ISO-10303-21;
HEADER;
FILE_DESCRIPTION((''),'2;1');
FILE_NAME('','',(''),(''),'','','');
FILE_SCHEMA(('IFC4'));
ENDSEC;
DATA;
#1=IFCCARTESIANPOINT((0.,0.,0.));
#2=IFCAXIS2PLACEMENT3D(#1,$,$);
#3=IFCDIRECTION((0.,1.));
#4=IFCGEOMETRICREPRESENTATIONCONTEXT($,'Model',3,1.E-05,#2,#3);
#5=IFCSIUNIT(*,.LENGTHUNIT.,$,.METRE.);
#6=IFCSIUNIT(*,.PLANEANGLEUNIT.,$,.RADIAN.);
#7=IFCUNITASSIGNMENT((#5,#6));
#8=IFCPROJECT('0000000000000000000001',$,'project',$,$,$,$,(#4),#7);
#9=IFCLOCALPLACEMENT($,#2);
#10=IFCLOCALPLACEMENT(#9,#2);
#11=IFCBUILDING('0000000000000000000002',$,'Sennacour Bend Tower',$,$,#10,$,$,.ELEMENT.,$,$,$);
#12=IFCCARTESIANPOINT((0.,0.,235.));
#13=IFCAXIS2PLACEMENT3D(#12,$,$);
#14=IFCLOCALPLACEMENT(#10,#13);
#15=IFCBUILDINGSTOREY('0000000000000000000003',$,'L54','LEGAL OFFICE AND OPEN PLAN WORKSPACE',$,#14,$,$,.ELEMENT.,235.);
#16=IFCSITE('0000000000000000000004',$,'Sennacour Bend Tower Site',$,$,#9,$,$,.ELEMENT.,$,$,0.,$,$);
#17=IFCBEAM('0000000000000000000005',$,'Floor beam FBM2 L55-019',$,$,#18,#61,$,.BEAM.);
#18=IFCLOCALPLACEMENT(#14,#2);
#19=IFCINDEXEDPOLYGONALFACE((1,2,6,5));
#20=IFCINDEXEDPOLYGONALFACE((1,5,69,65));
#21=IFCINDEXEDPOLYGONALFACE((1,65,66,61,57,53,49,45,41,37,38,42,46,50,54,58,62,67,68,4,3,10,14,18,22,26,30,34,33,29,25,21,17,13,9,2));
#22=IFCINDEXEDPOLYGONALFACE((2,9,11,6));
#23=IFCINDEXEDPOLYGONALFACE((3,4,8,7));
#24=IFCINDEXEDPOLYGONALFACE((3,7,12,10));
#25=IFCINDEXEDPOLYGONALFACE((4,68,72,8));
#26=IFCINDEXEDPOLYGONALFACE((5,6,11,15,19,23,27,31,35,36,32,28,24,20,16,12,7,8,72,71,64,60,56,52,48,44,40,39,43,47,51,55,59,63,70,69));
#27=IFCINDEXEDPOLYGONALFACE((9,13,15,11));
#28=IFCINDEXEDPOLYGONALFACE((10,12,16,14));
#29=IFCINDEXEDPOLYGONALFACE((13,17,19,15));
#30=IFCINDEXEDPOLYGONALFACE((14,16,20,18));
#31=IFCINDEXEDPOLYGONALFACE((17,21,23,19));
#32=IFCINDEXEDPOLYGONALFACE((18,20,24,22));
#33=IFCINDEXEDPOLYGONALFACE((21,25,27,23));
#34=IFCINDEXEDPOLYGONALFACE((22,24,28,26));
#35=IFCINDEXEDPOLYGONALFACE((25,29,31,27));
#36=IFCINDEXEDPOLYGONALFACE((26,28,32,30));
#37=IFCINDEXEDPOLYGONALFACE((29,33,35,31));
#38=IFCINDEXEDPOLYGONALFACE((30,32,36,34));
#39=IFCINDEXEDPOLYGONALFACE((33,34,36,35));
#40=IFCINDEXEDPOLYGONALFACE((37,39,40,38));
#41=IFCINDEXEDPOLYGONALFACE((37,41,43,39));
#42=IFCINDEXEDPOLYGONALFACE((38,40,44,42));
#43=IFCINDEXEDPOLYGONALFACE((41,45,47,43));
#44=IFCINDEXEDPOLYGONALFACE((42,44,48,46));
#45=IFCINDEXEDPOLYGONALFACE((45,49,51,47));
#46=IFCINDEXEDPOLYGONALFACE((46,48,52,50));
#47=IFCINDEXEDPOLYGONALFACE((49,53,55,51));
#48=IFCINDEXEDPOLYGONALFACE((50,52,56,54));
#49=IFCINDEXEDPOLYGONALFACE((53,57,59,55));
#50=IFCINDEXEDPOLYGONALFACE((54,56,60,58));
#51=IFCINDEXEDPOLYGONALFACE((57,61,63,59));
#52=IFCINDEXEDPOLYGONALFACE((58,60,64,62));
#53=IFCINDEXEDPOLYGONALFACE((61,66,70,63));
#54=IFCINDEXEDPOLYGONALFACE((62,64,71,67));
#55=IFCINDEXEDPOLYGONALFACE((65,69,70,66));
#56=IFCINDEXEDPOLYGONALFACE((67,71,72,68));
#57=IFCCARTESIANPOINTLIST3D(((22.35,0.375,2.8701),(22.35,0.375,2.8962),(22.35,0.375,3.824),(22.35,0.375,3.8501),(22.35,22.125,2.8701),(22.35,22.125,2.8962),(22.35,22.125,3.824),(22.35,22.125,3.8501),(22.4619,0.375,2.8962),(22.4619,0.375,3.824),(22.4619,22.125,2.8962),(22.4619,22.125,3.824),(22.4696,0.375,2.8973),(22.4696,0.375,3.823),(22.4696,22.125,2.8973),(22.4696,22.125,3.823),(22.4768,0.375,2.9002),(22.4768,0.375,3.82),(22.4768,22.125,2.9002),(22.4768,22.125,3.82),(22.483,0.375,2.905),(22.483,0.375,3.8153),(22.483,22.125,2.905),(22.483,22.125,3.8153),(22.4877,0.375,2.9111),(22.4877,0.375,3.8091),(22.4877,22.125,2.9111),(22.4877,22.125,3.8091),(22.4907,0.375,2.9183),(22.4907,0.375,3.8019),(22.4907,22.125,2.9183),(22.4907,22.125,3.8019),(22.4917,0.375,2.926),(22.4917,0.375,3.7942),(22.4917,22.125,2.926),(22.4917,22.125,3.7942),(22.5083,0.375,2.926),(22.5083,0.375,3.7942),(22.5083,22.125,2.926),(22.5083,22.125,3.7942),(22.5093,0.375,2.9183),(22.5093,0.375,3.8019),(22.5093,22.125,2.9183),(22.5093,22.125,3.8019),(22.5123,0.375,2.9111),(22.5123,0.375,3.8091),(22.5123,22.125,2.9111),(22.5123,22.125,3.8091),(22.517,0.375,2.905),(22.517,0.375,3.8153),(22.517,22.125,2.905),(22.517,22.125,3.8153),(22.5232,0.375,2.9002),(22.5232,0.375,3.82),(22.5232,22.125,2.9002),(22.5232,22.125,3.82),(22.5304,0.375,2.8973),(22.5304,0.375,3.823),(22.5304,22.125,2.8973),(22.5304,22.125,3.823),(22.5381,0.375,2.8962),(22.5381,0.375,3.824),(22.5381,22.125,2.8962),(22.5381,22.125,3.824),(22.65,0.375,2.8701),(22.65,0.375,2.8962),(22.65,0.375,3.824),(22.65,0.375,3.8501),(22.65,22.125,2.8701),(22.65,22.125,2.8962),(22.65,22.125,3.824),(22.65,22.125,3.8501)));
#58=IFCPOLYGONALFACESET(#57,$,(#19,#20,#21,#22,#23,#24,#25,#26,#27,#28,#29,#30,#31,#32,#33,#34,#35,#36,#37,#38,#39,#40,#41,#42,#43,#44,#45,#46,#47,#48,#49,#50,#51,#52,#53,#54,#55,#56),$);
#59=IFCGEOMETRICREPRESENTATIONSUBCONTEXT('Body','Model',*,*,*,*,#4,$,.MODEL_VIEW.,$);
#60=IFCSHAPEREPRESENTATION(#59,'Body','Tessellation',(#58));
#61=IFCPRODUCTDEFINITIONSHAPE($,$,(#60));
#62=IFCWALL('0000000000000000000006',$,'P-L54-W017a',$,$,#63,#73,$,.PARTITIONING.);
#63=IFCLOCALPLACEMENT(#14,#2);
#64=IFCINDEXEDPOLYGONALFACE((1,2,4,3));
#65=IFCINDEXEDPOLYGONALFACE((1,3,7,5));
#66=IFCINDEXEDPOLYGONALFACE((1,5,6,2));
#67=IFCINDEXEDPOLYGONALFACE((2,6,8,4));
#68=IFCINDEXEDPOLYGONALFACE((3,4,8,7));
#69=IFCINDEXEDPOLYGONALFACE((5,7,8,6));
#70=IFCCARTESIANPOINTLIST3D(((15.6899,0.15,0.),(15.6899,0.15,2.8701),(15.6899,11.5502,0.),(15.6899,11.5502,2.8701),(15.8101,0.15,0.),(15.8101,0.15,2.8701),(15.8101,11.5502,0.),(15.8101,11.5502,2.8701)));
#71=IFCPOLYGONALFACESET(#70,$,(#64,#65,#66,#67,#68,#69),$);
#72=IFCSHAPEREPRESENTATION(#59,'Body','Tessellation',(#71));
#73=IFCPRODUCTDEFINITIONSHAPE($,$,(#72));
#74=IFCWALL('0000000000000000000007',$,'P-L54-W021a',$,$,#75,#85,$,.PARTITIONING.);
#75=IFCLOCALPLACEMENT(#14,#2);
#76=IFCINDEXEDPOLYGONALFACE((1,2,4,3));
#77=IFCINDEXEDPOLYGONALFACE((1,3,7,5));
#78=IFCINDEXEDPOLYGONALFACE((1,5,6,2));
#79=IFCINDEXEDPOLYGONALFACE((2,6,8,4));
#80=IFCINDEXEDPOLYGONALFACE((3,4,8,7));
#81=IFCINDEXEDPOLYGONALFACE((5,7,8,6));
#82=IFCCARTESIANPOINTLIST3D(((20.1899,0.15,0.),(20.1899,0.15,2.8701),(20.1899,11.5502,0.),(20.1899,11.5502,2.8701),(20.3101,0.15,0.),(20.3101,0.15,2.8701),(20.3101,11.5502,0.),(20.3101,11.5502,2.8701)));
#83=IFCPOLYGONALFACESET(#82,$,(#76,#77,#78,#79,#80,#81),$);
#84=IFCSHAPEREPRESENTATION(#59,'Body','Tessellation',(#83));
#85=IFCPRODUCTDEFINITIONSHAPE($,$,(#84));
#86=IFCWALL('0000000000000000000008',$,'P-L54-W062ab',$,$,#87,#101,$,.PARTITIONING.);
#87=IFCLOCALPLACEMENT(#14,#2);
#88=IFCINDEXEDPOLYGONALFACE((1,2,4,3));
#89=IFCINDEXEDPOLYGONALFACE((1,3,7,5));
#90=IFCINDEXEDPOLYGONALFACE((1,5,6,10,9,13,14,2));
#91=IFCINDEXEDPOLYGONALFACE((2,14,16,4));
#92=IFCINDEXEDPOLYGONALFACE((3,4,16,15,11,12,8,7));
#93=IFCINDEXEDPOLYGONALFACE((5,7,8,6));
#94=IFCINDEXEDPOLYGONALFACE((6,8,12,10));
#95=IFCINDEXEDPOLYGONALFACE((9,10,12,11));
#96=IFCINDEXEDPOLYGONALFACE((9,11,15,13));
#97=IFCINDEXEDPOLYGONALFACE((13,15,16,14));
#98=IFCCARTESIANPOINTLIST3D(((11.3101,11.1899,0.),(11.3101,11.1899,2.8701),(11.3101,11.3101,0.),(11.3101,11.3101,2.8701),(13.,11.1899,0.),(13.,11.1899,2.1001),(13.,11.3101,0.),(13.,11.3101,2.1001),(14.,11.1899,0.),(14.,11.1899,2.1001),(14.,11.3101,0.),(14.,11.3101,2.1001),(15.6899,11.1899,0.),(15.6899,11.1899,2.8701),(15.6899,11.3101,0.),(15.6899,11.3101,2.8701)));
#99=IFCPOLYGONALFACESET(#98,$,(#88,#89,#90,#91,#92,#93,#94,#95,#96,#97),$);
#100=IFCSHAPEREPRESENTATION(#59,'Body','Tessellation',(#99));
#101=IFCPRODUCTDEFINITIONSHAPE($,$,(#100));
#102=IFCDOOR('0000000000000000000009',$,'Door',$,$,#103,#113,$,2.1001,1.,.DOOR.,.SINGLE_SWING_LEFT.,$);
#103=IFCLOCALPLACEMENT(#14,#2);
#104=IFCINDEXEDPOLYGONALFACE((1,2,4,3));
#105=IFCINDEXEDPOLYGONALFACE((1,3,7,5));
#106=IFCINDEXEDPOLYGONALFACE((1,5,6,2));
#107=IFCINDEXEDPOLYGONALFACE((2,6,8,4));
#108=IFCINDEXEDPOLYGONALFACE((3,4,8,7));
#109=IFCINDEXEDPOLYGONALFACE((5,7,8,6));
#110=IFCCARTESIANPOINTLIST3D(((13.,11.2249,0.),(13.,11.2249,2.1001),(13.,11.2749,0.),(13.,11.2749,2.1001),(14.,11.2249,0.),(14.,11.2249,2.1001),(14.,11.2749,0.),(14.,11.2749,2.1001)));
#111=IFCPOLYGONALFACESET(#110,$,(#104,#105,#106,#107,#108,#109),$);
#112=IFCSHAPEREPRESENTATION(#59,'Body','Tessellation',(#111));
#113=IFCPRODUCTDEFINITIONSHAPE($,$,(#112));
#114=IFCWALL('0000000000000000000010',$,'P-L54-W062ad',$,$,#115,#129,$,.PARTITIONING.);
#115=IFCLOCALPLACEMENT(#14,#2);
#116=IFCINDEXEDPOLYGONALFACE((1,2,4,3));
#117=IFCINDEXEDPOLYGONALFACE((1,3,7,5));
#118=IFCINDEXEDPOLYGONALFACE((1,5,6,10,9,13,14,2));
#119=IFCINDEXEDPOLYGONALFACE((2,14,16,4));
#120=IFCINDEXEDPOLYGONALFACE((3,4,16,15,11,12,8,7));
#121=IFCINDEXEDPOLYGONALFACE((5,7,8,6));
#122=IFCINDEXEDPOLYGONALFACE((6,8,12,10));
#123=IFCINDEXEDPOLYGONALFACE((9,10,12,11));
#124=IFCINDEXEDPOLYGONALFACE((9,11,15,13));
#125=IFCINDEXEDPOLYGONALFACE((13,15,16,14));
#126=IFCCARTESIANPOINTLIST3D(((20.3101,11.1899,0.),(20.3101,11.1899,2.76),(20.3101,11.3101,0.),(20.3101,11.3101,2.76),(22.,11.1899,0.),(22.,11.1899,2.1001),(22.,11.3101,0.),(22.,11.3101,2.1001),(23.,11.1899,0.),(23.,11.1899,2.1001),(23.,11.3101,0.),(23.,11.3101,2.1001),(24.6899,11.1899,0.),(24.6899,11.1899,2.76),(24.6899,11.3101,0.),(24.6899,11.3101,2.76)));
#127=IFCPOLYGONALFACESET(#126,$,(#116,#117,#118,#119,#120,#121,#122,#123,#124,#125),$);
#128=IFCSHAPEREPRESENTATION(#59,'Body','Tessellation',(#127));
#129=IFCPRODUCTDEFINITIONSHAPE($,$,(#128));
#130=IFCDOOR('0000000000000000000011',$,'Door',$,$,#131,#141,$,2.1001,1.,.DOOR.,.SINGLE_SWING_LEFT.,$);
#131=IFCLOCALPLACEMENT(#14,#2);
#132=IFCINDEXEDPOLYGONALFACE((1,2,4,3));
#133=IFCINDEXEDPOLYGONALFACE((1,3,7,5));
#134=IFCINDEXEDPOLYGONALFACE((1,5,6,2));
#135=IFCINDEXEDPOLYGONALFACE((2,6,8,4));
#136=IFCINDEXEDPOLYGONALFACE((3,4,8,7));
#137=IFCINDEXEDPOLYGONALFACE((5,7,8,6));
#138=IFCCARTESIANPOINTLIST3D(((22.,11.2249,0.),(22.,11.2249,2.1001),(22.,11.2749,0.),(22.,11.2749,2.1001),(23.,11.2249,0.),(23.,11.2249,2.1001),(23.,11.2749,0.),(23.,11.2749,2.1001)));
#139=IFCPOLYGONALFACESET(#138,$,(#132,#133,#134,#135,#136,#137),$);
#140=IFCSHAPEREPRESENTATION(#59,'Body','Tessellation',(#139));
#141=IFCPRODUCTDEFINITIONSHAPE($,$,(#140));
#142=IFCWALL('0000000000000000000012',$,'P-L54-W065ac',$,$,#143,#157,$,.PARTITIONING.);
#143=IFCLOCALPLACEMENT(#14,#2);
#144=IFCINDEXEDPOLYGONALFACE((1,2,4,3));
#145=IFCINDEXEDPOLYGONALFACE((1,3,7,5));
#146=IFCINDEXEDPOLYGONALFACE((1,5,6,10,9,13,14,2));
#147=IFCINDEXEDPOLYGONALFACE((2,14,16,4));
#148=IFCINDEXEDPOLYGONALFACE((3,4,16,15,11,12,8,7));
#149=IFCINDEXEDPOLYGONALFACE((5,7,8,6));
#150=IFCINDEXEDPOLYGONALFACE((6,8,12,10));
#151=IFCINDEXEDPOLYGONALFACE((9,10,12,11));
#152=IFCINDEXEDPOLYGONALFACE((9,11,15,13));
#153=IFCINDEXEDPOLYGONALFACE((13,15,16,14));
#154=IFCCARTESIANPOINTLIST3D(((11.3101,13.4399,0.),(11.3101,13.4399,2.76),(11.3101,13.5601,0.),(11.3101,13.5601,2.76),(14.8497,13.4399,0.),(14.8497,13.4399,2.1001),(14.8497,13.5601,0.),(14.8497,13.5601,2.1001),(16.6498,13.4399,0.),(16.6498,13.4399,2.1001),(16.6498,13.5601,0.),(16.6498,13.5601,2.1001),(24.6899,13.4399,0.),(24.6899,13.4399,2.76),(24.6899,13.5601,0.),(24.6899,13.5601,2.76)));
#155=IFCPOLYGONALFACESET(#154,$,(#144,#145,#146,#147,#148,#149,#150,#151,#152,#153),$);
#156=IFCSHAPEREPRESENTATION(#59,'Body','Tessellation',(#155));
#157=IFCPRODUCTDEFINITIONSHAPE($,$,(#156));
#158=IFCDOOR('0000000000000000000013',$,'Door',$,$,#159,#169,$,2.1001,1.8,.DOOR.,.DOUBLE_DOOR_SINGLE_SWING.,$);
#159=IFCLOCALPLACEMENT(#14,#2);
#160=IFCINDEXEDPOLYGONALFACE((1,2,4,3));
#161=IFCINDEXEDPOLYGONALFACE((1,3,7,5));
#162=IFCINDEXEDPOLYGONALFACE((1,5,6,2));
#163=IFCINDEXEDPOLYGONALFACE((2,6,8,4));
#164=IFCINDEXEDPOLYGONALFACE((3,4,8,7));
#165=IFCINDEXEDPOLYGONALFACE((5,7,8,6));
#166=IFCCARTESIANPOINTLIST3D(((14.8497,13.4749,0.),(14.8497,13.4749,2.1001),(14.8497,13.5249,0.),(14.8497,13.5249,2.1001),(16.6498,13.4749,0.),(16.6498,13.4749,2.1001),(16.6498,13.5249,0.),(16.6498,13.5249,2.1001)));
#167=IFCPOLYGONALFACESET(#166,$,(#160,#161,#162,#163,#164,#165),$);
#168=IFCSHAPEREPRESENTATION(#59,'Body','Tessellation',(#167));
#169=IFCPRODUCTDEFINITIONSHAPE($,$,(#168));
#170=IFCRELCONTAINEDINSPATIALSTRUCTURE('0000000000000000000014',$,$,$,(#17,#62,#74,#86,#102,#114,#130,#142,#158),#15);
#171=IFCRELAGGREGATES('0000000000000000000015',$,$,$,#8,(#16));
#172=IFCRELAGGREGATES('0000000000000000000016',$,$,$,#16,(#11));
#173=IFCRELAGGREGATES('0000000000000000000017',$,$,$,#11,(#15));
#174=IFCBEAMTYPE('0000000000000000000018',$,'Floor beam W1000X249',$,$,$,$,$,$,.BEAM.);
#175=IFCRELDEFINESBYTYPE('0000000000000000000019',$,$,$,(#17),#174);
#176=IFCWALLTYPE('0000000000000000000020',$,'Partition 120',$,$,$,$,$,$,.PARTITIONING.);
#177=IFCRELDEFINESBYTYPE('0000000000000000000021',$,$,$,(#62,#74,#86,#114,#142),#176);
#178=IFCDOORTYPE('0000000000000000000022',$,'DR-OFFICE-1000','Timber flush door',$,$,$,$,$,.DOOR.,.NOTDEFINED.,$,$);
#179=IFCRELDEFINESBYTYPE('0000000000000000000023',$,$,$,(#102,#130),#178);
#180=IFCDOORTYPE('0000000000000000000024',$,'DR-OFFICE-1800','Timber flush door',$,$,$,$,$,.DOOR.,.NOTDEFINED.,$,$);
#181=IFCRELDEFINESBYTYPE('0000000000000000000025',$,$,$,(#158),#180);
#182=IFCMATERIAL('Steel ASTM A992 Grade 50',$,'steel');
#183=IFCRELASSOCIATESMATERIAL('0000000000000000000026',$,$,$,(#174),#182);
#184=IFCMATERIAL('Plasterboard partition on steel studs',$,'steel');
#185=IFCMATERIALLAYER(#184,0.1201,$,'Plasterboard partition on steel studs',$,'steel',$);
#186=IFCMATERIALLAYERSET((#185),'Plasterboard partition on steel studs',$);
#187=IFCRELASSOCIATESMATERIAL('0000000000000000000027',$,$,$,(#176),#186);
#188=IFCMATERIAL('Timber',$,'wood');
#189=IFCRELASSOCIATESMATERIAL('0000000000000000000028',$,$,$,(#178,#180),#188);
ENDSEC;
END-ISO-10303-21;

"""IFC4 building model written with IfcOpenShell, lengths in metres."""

from ifc_helpers import new_model, si_unit, direction, frame, frame_2d, origin, origin_2d, place, context, subcontext, project, spatial, rectangle, i_section, extrude, material, layer, layer_set, material_profile, profile_set, type_object, element, fill, save


model = new_model("IFC4")

# Units and contexts
model_context = context("Model", 3, precision=1e-05, world=origin(), true_north=direction((0.0, 1.0)))
body_context = subcontext(model_context, "Body", "Model", "MODEL_VIEW")
ifc_project = project(units=[si_unit("LENGTHUNIT", "METRE"), si_unit("PLANEANGLEUNIT", "RADIAN")], contexts=[model_context])

# Site, building, storey
site_placement = place(None, origin())
site = spatial("IfcSite", under=ifc_project, at=site_placement, Name="Sennacour Bend Tower Site", CompositionType="ELEMENT", RefElevation=0.0)
building_placement = place(site_placement, origin())
building = spatial("IfcBuilding", under=site, at=building_placement, Name="Sennacour Bend Tower", CompositionType="ELEMENT")
storey_placement = place(building_placement, frame((0.0, 0.0, 235.0)))
storey = spatial("IfcBuildingStorey", under=building, at=storey_placement, Name="L54", Description="LEGAL OFFICE AND OPEN PLAN WORKSPACE", CompositionType="ELEMENT", Elevation=235.0)

# Beam
ifc_material_1 = material(Name="Steel ASTM A992 Grade 50", Category="steel")
ifc_material_profile = material_profile(ifc_material_1, i_section(OverallWidth=0.3, OverallDepth=0.98, WebThickness=0.0166, FlangeThickness=0.0261, FilletRadius=0.0298, at=origin_2d()), Name="Steel ASTM A992 Grade 50", Category="steel")
ifc_profile_set = profile_set([ifc_material_profile], Name="Steel ASTM A992 Grade 50")
beam_type = type_object("IfcBeamType", Name="Floor beam W1000X249", PredefinedType="BEAM", material=ifc_profile_set)
beam_1_placement = place(storey_placement, frame((22.5, 0.375, 3.3601), z_axis=(0.0, 1.0, 0.0), x_axis=(-1.0, 0.0, 0.0)))
element("IfcBeam", 1, at=beam_1_placement, inside=storey, type_object=beam_type, Name="Floor beam FBM2 L55-019", PredefinedType="BEAM", context=body_context, shape_type="SweptSolid", body=[
    extrude(i_section(OverallWidth=0.3, OverallDepth=0.98, WebThickness=0.0166, FlangeThickness=0.0261, FilletRadius=0.0298, at=origin_2d()), origin(), (0.0, 0.0, 1.0), 21.75),
])

# Walls
ifc_material_2 = material(Name="Plasterboard partition on steel studs", Category="steel")
ifc_layer_1 = layer(ifc_material_2, 0.1201, Name="Plasterboard partition on steel studs", Category="steel")
ifc_layer_set_1 = layer_set([ifc_layer_1], Name="Plasterboard partition on steel studs")
wall_type_1 = type_object("IfcWallType", Name="Partition 120", PredefinedType="PARTITIONING", material=ifc_layer_set_1)
for number, where, z_axis, x_axis, name in (
    (2, (15.75, 0.1499, 0.0), (0.0, 0.0, 1.0), (0.0, 1.0, 0.0), "P-L54-W017a"),
    (3, (20.25, 0.1499, 0.0), (0.0, 0.0, 1.0), (0.0, 1.0, 0.0), "P-L54-W021a"),
):
    element("IfcWall", number, at=place(storey_placement, frame(where, z_axis=z_axis, x_axis=x_axis)), inside=storey, type_object=wall_type_1, Name=name, PredefinedType="PARTITIONING", context=body_context, shape_type="SweptSolid", body=[
        extrude(rectangle(XDim=11.4001, YDim=0.1201, at=frame_2d((5.7002, 0.0))), origin(), (0.0, 0.0, 1.0), 2.8701),
    ])

# Walls, openings, doors
wall_1_placement = place(storey_placement, frame((11.3101, 11.25, 0.0), z_axis=(0.0, 0.0, 1.0), x_axis=(1.0, 0.0, 0.0)))
wall_1 = element("IfcWall", 4, at=wall_1_placement, inside=storey, type_object=wall_type_1, Name="P-L54-W062ab", PredefinedType="PARTITIONING", context=body_context, shape_type="SweptSolid", body=[
    extrude(rectangle(XDim=4.3799, YDim=0.1201, at=frame_2d((2.1899, 0.0))), origin(), (0.0, 0.0, 1.0), 2.8701),
])
opening_1_placement = place(wall_1_placement, frame((1.6899, 0.0, 0.0)))
opening_1 = element("IfcOpeningElement", 5, at=opening_1_placement, cuts=wall_1, PredefinedType="OPENING", context=body_context, shape_type="SweptSolid", body=[
    extrude(rectangle(XDim=1.0, YDim=2.1001, at=frame_2d((0.5, 1.05))), frame((0.0, 0.0701, 0.0), z_axis=(0.0, -1.0, 0.0), x_axis=(1.0, 0.0, 0.0)), (0.0, 0.0, 1.0), 0.1401),
])
ifc_material_3 = material(Name="Timber", Category="wood")
door_type_1 = type_object("IfcDoorType", Name="DR-OFFICE-1000", Description="Timber flush door", OperationType="NOTDEFINED", PredefinedType="DOOR", material=ifc_material_3)
door_1_placement = place(opening_1_placement, origin())
door_1 = element("IfcDoor", 6, at=door_1_placement, inside=storey, type_object=door_type_1, Name="Door", OperationType="SINGLE_SWING_LEFT", OverallHeight=2.1001, OverallWidth=1.0, PredefinedType="DOOR", context=body_context, shape_type="SweptSolid", body=[
    extrude(rectangle(XDim=1.0, YDim=2.1001, at=frame_2d((0.5, 1.05))), frame((0.0, 0.0249, 0.0), z_axis=(0.0, -1.0, 0.0), x_axis=(1.0, 0.0, 0.0)), (0.0, 0.0, 1.0), 0.05),
])
fill(opening_1, door_1)
wall_2_placement = place(storey_placement, frame((20.3101, 11.25, 0.0), z_axis=(0.0, 0.0, 1.0), x_axis=(1.0, 0.0, 0.0)))
wall_2 = element("IfcWall", 7, at=wall_2_placement, inside=storey, type_object=wall_type_1, Name="P-L54-W062ad", PredefinedType="PARTITIONING", context=body_context, shape_type="SweptSolid", body=[
    extrude(rectangle(XDim=4.3799, YDim=0.1201, at=frame_2d((2.1899, 0.0))), origin(), (0.0, 0.0, 1.0), 2.76),
])
opening_2_placement = place(wall_2_placement, frame((1.6899, 0.0, 0.0)))
opening_2 = element("IfcOpeningElement", 8, at=opening_2_placement, cuts=wall_2, PredefinedType="OPENING", context=body_context, shape_type="SweptSolid", body=[
    extrude(rectangle(XDim=1.0, YDim=2.1001, at=frame_2d((0.5, 1.05))), frame((0.0, 0.0701, 0.0), z_axis=(0.0, -1.0, 0.0), x_axis=(1.0, 0.0, 0.0)), (0.0, 0.0, 1.0), 0.1401),
])
door_2_placement = place(opening_2_placement, origin())
door_2 = element("IfcDoor", 9, at=door_2_placement, inside=storey, type_object=door_type_1, Name="Door", OperationType="SINGLE_SWING_LEFT", OverallHeight=2.1001, OverallWidth=1.0, PredefinedType="DOOR", context=body_context, shape_type="SweptSolid", body=[
    extrude(rectangle(XDim=1.0, YDim=2.1001, at=frame_2d((0.5, 1.05))), frame((0.0, 0.0249, 0.0), z_axis=(0.0, -1.0, 0.0), x_axis=(1.0, 0.0, 0.0)), (0.0, 0.0, 1.0), 0.05),
])
fill(opening_2, door_2)
wall_3_placement = place(storey_placement, frame((11.3101, 13.5, 0.0), z_axis=(0.0, 0.0, 1.0), x_axis=(1.0, 0.0, 0.0)))
wall_3 = element("IfcWall", 10, at=wall_3_placement, inside=storey, type_object=wall_type_1, Name="P-L54-W065ac", PredefinedType="PARTITIONING", context=body_context, shape_type="SweptSolid", body=[
    extrude(rectangle(XDim=13.3799, YDim=0.1201, at=frame_2d((6.6899, 0.0))), origin(), (0.0, 0.0, 1.0), 2.76),
])
opening_3_placement = place(wall_3_placement, frame((3.5398, 0.0, 0.0)))
opening_3 = element("IfcOpeningElement", 11, at=opening_3_placement, cuts=wall_3, PredefinedType="OPENING", context=body_context, shape_type="SweptSolid", body=[
    extrude(rectangle(XDim=1.8, YDim=2.1001, at=frame_2d((0.8999, 1.05))), frame((0.0, 0.0701, 0.0), z_axis=(0.0, -1.0, 0.0), x_axis=(1.0, 0.0, 0.0)), (0.0, 0.0, 1.0), 0.1401),
])
door_type_2 = type_object("IfcDoorType", Name="DR-OFFICE-1800", Description="Timber flush door", OperationType="NOTDEFINED", PredefinedType="DOOR", material=ifc_material_3)
door_3_placement = place(opening_3_placement, origin())
door_3 = element("IfcDoor", 12, at=door_3_placement, inside=storey, type_object=door_type_2, Name="Door", OperationType="DOUBLE_DOOR_SINGLE_SWING", OverallHeight=2.1001, OverallWidth=1.8, PredefinedType="DOOR", context=body_context, shape_type="SweptSolid", body=[
    extrude(rectangle(XDim=1.8, YDim=2.1001, at=frame_2d((0.8999, 1.05))), frame((0.0, 0.0249, 0.0), z_axis=(0.0, -1.0, 0.0), x_axis=(1.0, 0.0, 0.0)), (0.0, 0.0, 1.0), 0.05),
])
fill(opening_3, door_3)

save(model, "model.ifc")
